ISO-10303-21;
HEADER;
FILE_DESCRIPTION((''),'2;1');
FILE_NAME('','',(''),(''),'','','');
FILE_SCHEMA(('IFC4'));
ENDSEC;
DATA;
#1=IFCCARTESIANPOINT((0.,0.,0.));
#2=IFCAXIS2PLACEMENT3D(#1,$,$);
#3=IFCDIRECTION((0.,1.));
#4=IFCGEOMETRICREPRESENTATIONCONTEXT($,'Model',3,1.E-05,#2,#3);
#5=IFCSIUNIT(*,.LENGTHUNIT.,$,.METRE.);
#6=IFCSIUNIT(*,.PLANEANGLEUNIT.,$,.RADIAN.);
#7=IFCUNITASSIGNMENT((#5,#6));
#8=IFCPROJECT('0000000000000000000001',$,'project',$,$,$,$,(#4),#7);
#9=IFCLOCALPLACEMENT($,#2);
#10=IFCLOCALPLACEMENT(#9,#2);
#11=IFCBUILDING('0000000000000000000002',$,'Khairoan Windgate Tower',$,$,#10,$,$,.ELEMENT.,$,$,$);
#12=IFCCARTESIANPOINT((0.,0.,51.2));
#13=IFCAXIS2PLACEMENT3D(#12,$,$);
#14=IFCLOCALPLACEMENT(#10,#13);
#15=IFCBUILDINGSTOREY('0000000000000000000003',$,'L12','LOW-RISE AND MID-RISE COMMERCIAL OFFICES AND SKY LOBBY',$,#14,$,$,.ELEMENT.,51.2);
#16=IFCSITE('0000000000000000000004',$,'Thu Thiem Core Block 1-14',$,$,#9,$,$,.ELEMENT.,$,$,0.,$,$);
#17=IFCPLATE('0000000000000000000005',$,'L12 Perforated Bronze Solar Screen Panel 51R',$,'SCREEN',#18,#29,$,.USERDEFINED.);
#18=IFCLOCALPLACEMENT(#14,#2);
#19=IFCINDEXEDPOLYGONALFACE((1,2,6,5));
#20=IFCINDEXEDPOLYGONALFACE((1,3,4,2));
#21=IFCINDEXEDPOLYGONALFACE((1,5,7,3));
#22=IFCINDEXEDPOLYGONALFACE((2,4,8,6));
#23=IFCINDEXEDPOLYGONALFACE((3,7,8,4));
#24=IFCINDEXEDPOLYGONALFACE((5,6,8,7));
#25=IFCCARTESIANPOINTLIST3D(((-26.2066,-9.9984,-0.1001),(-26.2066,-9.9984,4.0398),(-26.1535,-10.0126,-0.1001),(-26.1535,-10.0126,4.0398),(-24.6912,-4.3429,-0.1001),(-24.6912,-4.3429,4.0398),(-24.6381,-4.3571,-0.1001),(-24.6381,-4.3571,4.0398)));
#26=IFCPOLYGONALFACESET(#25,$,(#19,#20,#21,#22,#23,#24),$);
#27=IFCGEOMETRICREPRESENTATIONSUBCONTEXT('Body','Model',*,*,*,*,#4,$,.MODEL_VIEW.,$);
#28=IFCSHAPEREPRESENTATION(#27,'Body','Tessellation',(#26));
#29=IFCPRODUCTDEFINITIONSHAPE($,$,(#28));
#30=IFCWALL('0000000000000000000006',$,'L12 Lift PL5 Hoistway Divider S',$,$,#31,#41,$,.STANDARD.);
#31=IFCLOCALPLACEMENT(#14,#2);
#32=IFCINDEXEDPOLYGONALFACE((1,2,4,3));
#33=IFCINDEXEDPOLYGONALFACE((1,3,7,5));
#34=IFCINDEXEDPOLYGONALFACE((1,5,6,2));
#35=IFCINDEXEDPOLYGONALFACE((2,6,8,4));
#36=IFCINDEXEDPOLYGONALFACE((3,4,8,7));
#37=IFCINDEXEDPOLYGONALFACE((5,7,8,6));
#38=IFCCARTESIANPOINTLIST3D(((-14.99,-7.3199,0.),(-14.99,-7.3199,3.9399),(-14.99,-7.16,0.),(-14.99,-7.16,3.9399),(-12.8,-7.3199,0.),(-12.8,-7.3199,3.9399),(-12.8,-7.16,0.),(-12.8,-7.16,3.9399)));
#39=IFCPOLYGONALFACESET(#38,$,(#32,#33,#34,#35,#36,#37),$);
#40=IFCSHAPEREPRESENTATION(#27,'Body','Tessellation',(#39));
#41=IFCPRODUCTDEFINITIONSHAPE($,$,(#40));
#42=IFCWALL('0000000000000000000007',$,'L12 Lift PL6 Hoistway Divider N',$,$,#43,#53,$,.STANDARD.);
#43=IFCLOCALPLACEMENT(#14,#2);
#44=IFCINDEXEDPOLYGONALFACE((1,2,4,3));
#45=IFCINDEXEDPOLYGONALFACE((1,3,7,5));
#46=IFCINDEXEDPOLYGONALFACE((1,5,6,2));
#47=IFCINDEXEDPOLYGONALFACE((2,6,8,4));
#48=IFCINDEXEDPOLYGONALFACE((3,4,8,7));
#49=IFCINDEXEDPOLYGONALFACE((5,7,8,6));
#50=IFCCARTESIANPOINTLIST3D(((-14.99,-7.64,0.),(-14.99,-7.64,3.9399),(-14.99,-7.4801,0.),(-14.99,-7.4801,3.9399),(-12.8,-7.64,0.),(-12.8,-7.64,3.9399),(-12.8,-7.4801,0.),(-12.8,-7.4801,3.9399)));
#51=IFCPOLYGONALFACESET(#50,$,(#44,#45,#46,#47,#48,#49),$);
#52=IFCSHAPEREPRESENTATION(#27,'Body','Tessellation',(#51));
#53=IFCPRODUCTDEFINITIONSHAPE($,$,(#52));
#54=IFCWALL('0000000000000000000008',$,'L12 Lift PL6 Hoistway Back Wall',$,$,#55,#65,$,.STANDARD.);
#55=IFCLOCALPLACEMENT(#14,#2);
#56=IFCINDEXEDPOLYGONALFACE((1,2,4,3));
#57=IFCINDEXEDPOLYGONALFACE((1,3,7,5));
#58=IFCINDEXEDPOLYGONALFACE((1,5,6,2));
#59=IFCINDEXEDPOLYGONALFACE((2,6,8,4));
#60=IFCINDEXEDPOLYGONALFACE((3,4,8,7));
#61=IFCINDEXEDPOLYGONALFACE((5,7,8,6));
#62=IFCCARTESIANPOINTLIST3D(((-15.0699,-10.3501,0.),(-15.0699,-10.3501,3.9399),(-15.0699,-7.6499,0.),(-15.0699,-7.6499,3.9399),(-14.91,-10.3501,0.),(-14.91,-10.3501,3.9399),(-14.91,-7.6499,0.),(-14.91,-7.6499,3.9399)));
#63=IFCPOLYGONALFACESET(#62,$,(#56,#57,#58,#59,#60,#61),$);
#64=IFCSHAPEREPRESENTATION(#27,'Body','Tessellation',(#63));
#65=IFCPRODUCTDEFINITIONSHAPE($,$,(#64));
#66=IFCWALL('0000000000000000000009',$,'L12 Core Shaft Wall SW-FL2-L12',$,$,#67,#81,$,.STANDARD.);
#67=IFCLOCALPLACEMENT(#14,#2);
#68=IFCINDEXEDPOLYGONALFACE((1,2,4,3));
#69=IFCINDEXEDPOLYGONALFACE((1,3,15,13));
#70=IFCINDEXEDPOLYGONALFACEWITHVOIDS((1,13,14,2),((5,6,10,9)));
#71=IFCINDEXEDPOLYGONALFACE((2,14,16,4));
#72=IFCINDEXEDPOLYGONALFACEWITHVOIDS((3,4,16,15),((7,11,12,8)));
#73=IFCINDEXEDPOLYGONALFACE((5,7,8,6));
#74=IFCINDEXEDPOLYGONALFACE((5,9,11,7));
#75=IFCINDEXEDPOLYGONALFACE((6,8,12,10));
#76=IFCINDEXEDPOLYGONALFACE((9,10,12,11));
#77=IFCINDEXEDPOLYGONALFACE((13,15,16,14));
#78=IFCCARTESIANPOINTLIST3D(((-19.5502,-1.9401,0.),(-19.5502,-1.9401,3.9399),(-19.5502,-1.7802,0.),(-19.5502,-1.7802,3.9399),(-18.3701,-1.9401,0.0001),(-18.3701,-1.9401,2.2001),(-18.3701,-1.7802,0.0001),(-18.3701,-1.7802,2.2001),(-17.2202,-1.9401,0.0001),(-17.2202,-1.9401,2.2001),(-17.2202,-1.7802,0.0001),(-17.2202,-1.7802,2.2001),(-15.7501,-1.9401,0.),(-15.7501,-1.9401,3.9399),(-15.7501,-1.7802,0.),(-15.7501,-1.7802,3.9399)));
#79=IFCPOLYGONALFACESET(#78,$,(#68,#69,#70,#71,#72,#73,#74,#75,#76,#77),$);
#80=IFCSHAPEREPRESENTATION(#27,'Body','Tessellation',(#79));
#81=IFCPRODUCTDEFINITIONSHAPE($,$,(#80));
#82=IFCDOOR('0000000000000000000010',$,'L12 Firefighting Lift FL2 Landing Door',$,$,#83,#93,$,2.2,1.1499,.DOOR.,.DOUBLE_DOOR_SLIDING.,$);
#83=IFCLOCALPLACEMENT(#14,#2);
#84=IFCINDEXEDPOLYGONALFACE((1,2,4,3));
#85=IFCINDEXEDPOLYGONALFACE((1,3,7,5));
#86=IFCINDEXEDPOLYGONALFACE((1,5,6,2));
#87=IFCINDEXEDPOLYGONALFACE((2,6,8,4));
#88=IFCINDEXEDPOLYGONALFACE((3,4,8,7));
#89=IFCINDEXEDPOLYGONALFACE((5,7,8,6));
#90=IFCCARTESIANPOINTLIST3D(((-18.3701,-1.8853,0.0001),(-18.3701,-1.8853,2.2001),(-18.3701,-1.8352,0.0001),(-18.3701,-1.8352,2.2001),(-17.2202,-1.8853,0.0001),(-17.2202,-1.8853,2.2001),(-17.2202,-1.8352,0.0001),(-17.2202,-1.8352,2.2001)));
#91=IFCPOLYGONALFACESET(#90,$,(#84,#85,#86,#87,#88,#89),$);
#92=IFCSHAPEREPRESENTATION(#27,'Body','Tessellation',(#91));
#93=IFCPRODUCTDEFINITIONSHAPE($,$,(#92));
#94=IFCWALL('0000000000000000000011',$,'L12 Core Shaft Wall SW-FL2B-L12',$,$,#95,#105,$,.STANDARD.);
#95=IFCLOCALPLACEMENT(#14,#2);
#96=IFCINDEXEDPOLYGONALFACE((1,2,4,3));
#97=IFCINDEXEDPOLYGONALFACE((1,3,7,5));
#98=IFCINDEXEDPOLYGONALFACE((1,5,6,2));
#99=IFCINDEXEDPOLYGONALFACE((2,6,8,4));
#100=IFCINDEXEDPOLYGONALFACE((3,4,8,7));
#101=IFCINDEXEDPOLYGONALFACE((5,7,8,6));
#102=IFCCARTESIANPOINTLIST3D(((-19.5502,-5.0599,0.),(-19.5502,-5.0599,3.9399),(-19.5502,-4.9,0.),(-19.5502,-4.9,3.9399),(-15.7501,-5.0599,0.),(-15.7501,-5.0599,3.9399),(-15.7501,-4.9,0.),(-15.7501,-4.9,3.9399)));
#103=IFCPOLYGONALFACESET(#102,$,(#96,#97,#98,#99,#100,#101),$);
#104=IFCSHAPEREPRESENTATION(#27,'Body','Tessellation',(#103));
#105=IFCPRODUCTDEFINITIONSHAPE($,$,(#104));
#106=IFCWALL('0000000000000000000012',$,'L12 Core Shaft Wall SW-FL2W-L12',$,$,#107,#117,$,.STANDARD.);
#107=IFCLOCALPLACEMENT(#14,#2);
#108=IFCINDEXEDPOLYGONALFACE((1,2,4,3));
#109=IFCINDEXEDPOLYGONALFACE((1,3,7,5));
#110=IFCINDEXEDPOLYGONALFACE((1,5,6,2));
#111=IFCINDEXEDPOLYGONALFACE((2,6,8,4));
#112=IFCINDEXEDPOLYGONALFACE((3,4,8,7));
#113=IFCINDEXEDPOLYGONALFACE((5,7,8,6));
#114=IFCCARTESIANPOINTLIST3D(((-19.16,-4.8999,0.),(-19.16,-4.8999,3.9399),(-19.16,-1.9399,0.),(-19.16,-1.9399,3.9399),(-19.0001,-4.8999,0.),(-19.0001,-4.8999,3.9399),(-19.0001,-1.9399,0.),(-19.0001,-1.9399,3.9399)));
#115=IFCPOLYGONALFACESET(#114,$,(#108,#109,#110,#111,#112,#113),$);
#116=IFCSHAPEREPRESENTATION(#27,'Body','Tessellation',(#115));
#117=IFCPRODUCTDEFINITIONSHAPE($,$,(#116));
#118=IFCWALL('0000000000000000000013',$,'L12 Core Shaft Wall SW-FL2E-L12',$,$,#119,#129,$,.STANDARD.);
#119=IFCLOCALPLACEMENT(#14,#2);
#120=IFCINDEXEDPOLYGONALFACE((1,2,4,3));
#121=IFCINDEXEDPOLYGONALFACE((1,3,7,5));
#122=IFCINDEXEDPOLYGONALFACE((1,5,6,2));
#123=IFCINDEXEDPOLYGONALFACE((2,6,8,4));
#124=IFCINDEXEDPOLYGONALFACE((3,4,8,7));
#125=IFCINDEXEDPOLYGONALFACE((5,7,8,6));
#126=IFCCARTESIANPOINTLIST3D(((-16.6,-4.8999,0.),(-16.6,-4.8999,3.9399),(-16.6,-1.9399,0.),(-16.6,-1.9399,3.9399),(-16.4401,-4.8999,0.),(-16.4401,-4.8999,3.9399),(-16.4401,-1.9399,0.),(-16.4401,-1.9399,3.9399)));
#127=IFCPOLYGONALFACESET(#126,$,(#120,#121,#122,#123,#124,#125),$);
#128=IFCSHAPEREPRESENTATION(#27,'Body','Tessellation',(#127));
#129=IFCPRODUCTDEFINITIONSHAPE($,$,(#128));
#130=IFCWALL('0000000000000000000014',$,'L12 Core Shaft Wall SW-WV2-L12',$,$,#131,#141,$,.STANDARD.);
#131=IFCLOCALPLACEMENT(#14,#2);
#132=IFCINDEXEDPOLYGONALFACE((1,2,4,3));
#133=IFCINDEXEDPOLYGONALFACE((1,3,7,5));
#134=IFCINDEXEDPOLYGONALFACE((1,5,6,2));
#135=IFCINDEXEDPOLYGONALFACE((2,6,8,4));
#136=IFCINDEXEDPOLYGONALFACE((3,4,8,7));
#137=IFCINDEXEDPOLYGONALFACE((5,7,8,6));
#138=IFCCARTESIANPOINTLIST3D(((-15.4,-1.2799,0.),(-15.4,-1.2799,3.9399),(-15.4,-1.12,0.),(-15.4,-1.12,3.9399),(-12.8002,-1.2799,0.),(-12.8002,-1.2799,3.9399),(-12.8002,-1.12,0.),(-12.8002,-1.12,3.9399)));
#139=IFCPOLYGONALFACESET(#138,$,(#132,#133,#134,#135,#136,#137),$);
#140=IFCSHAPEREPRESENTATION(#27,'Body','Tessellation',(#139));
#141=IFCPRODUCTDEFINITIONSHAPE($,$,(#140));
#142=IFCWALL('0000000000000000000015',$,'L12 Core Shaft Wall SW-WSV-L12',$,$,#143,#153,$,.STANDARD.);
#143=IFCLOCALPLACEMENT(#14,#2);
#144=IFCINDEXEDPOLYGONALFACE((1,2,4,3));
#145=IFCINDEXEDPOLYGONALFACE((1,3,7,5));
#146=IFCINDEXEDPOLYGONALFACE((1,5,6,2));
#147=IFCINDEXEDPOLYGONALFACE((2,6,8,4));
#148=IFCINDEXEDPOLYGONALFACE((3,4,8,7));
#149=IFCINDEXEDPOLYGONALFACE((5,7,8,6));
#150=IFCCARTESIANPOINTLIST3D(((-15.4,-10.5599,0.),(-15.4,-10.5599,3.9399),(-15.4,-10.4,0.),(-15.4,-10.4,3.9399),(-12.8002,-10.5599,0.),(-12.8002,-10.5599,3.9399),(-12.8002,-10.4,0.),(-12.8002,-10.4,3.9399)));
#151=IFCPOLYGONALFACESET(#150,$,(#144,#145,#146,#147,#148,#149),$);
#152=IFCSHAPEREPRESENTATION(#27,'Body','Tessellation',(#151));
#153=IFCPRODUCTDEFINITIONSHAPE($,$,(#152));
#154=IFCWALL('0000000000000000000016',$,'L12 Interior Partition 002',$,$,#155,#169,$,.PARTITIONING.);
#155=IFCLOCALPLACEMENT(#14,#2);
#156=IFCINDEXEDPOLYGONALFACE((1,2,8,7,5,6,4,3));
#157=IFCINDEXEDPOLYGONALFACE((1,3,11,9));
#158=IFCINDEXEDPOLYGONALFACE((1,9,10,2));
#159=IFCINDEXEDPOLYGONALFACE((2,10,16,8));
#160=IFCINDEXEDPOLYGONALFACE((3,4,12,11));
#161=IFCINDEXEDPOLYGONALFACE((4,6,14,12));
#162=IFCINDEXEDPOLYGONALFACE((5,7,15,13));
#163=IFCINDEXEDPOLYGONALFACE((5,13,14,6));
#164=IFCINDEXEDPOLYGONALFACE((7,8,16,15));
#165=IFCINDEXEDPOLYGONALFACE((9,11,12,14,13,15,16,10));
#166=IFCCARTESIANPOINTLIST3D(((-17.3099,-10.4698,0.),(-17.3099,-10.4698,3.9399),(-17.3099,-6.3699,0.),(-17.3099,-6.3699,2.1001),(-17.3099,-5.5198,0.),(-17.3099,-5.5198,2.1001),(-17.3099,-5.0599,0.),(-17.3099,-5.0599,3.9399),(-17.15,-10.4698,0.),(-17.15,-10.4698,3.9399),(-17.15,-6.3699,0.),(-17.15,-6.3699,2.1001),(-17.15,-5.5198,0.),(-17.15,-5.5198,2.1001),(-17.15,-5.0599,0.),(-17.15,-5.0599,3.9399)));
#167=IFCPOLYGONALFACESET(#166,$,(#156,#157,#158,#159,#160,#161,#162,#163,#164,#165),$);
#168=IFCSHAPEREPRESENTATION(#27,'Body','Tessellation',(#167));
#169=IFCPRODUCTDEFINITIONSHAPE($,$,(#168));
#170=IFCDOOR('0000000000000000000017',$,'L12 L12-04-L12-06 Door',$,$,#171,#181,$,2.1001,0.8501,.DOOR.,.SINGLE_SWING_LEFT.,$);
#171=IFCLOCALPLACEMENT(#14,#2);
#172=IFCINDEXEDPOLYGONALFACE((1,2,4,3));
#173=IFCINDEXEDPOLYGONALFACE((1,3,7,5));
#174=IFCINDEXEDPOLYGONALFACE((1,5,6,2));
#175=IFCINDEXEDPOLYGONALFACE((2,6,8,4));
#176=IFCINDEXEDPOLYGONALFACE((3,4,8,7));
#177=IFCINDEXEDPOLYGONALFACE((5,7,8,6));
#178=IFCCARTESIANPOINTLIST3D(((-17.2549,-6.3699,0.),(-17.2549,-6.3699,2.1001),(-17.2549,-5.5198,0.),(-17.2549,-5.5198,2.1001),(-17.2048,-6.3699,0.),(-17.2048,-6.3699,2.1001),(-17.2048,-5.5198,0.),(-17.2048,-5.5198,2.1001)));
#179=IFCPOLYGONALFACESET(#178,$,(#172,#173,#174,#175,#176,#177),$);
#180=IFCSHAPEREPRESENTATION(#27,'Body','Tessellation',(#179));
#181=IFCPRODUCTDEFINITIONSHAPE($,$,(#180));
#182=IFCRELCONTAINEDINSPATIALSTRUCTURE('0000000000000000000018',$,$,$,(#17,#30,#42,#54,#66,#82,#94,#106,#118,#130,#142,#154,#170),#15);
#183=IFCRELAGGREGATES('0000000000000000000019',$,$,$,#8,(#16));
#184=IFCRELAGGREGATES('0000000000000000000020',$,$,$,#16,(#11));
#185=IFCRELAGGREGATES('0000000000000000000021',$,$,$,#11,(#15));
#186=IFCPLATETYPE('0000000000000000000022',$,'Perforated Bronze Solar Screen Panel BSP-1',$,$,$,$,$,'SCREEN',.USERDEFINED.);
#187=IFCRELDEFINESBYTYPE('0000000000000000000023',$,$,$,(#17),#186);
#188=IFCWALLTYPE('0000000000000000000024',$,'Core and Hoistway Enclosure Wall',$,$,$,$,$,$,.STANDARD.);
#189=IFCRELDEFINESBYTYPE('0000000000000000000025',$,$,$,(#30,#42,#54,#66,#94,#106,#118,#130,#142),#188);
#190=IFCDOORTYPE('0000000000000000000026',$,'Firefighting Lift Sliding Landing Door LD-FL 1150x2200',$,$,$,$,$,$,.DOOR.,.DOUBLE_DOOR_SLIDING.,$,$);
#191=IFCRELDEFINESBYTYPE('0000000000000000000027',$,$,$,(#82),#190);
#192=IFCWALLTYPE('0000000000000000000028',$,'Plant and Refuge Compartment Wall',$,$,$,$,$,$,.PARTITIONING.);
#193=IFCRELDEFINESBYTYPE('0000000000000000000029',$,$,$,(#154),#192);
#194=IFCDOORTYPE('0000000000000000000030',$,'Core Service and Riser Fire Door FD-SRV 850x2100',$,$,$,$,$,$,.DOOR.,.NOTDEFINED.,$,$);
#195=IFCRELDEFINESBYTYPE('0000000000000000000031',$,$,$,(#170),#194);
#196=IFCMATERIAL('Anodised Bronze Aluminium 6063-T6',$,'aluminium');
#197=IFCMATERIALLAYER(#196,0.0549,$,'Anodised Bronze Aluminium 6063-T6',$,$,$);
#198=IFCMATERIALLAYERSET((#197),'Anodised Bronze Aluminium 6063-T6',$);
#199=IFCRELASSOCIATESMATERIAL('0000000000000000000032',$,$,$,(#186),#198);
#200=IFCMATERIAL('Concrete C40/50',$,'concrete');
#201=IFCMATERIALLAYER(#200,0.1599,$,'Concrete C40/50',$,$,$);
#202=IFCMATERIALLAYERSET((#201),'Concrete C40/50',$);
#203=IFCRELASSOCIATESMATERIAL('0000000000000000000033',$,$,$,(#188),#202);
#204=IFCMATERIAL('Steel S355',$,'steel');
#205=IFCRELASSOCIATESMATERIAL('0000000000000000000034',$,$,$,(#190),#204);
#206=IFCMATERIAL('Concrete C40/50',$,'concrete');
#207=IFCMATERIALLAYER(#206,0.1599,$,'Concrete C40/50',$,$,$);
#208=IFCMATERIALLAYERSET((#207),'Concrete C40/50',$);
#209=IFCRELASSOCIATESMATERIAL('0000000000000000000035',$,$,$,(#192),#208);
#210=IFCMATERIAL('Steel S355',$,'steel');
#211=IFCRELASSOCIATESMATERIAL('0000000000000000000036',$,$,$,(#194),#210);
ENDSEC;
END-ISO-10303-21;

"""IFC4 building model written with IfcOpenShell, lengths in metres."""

from ifc_helpers import new_model, si_unit, direction, frame, frame_2d, origin, origin_2d, place, context, subcontext, project, spatial, rectangle, extrude, material, layer, layer_set, type_object, element, fill, save


model = new_model("IFC4")

# Units and contexts
model_context = context("Model", 3, precision=1e-05, world=origin(), true_north=direction((0.0, 1.0)))
body_context = subcontext(model_context, "Body", "Model", "MODEL_VIEW")
ifc_project = project(units=[si_unit("LENGTHUNIT", "METRE"), si_unit("PLANEANGLEUNIT", "RADIAN")], contexts=[model_context])

# Site, building, storey
site_placement = place(None, origin())
site = spatial("IfcSite", under=ifc_project, at=site_placement, Name="Thu Thiem Core Block 1-14", CompositionType="ELEMENT", RefElevation=0.0)
building_placement = place(site_placement, origin())
building = spatial("IfcBuilding", under=site, at=building_placement, Name="Khairoan Windgate Tower", CompositionType="ELEMENT")
storey_placement = place(building_placement, frame((0.0, 0.0, 51.2)))
storey = spatial("IfcBuildingStorey", under=building, at=storey_placement, Name="L12", Description="LOW-RISE AND MID-RISE COMMERCIAL OFFICES AND SKY LOBBY", CompositionType="ELEMENT", Elevation=51.2)

# Plate
ifc_material_1 = material(Name="Anodised Bronze Aluminium 6063-T6", Category="aluminium")
ifc_layer_1 = layer(ifc_material_1, 0.0549, Name="Anodised Bronze Aluminium 6063-T6")
ifc_layer_set_1 = layer_set([ifc_layer_1], Name="Anodised Bronze Aluminium 6063-T6")
plate_type_1 = type_object("IfcPlateType", Name="Perforated Bronze Solar Screen Panel BSP-1", ElementType="SCREEN", PredefinedType="USERDEFINED", material=ifc_layer_set_1)
plate_placement = place(storey_placement, frame((-25.4224, -7.1777, -0.1001), z_axis=(0.0, 0.0, 1.0), x_axis=(0.258819, 0.965926, 0.0)))
element("IfcPlate", 1, at=plate_placement, inside=storey, type_object=plate_type_1, Name="L12 Perforated Bronze Solar Screen Panel 51R", ObjectType="SCREEN", PredefinedType="USERDEFINED", context=body_context, shape_type="SweptSolid", body=[
    extrude(rectangle(XDim=5.855, YDim=0.0549, at=origin_2d()), origin(), (0.0, 0.0, 1.0), 4.1399),
])

# Walls
ifc_material_2 = material(Name="Concrete C40/50", Category="concrete")
ifc_layer_2 = layer(ifc_material_2, 0.1599, Name="Concrete C40/50")
ifc_layer_set_2 = layer_set([ifc_layer_2], Name="Concrete C40/50")
wall_type_1 = type_object("IfcWallType", Name="Core and Hoistway Enclosure Wall", PredefinedType="STANDARD", material=ifc_layer_set_2)
for number, where, z_axis, x_axis, name in (
    (2, (-14.99, -7.24, 0.0), (0.0, 0.0, 1.0), (1.0, 0.0, 0.0), "L12 Lift PL5 Hoistway Divider S"),
    (3, (-14.99, -7.5601, 0.0), (0.0, 0.0, 1.0), (1.0, 0.0, 0.0), "L12 Lift PL6 Hoistway Divider N"),
):
    element("IfcWall", number, at=place(storey_placement, frame(where, z_axis=z_axis, x_axis=x_axis)), inside=storey, type_object=wall_type_1, Name=name, PredefinedType="STANDARD", context=body_context, shape_type="SweptSolid", body=[
        extrude(rectangle(XDim=2.1899, YDim=0.1599, at=frame_2d((1.095, 0.0))), origin(), (0.0, 0.0, 1.0), 3.9399),
    ])
wall_1_placement = place(storey_placement, frame((-14.99, -10.3501, 0.0), z_axis=(0.0, 0.0, 1.0), x_axis=(0.0, 1.0, 0.0)))
element("IfcWall", 4, at=wall_1_placement, inside=storey, type_object=wall_type_1, Name="L12 Lift PL6 Hoistway Back Wall", PredefinedType="STANDARD", context=body_context, shape_type="SweptSolid", body=[
    extrude(rectangle(XDim=2.7002, YDim=0.1599, at=frame_2d((1.3501, 0.0))), origin(), (0.0, 0.0, 1.0), 3.9399),
])

# Wall, opening, door
wall_2_placement = place(storey_placement, frame((-19.55, -1.8601, 0.0), z_axis=(0.0, 0.0, 1.0), x_axis=(1.0, 0.0, 0.0)))
wall_2 = element("IfcWall", 5, at=wall_2_placement, inside=storey, type_object=wall_type_1, Name="L12 Core Shaft Wall SW-FL2-L12", PredefinedType="STANDARD", context=body_context, shape_type="SweptSolid", body=[
    extrude(rectangle(XDim=3.8, YDim=0.1599, at=frame_2d((1.8999, 0.0))), origin(), (0.0, 0.0, 1.0), 3.9399),
])
opening_1_placement = place(wall_2_placement, frame((1.1799, 0.0, 0.0)))
opening_1 = element("IfcOpeningElement", 6, at=opening_1_placement, cuts=wall_2, PredefinedType="OPENING", context=body_context, shape_type="SweptSolid", body=[
    extrude(rectangle(XDim=1.1499, YDim=2.2, at=frame_2d((0.575, 1.1001))), frame((0.0, 0.0898, 0.0), z_axis=(0.0, -1.0, 0.0), x_axis=(1.0, 0.0, 0.0)), (0.0, 0.0, 1.0), 0.1799),
])
ifc_material_3 = material(Name="Steel S355", Category="steel")
door_type_1 = type_object("IfcDoorType", Name="Firefighting Lift Sliding Landing Door LD-FL 1150x2200", OperationType="DOUBLE_DOOR_SLIDING", PredefinedType="DOOR", material=ifc_material_3)
door_1_placement = place(opening_1_placement, origin())
door_1 = element("IfcDoor", 7, at=door_1_placement, inside=storey, type_object=door_type_1, Name="L12 Firefighting Lift FL2 Landing Door", OperationType="DOUBLE_DOOR_SLIDING", OverallHeight=2.2, OverallWidth=1.1499, PredefinedType="DOOR", context=body_context, shape_type="SweptSolid", body=[
    extrude(rectangle(XDim=1.1499, YDim=2.2, at=frame_2d((0.575, 1.1001))), frame((0.0, 0.0249, 0.0), z_axis=(0.0, -1.0, 0.0), x_axis=(1.0, 0.0, 0.0)), (0.0, 0.0, 1.0), 0.05),
])
fill(opening_1, door_1)

# Walls
wall_3_placement = place(storey_placement, frame((-19.55, -4.98, 0.0), z_axis=(0.0, 0.0, 1.0), x_axis=(1.0, 0.0, 0.0)))
element("IfcWall", 8, at=wall_3_placement, inside=storey, type_object=wall_type_1, Name="L12 Core Shaft Wall SW-FL2B-L12", PredefinedType="STANDARD", context=body_context, shape_type="SweptSolid", body=[
    extrude(rectangle(XDim=3.8, YDim=0.1599, at=frame_2d((1.8999, 0.0))), origin(), (0.0, 0.0, 1.0), 3.9399),
])
for number, where, z_axis, x_axis, name in (
    (9, (-19.0801, -4.8999, 0.0), (0.0, 0.0, 1.0), (0.0, 1.0, 0.0), "L12 Core Shaft Wall SW-FL2W-L12"),
    (10, (-16.52, -4.8999, 0.0), (0.0, 0.0, 1.0), (0.0, 1.0, 0.0), "L12 Core Shaft Wall SW-FL2E-L12"),
):
    element("IfcWall", number, at=place(storey_placement, frame(where, z_axis=z_axis, x_axis=x_axis)), inside=storey, type_object=wall_type_1, Name=name, PredefinedType="STANDARD", context=body_context, shape_type="SweptSolid", body=[
        extrude(rectangle(XDim=2.96, YDim=0.1599, at=frame_2d((1.48, 0.0))), origin(), (0.0, 0.0, 1.0), 3.9399),
    ])
for number, where, z_axis, x_axis, name in (
    (11, (-15.3999, -1.2, 0.0), (0.0, 0.0, 1.0), (1.0, 0.0, 0.0), "L12 Core Shaft Wall SW-WV2-L12"),
    (12, (-15.3999, -10.48, 0.0), (0.0, 0.0, 1.0), (1.0, 0.0, 0.0), "L12 Core Shaft Wall SW-WSV-L12"),
):
    element("IfcWall", number, at=place(storey_placement, frame(where, z_axis=z_axis, x_axis=x_axis)), inside=storey, type_object=wall_type_1, Name=name, PredefinedType="STANDARD", context=body_context, shape_type="SweptSolid", body=[
        extrude(rectangle(XDim=2.5999, YDim=0.1599, at=frame_2d((1.2998, 0.0))), origin(), (0.0, 0.0, 1.0), 3.9399),
    ])

# Wall, opening, door
ifc_material_4 = material(Name="Concrete C40/50", Category="concrete")
ifc_layer_3 = layer(ifc_material_4, 0.1599, Name="Concrete C40/50")
ifc_layer_set_3 = layer_set([ifc_layer_3], Name="Concrete C40/50")
wall_type_2 = type_object("IfcWallType", Name="Plant and Refuge Compartment Wall", PredefinedType="PARTITIONING", material=ifc_layer_set_3)
wall_4_placement = place(storey_placement, frame((-17.23, -10.47, 0.0), z_axis=(0.0, 0.0, 1.0), x_axis=(0.0, 1.0, 0.0)))
wall_4 = element("IfcWall", 13, at=wall_4_placement, inside=storey, type_object=wall_type_2, Name="L12 Interior Partition 002", PredefinedType="PARTITIONING", context=body_context, shape_type="SweptSolid", body=[
    extrude(rectangle(XDim=5.4099, YDim=0.1599, at=frame_2d((2.7051, 0.0))), origin(), (0.0, 0.0, 1.0), 3.9399),
])
opening_2_placement = place(wall_4_placement, frame((4.1001, 0.0, 0.0)))
opening_2 = element("IfcOpeningElement", 14, at=opening_2_placement, cuts=wall_4, PredefinedType="OPENING", context=body_context, shape_type="SweptSolid", body=[
    extrude(rectangle(XDim=0.8501, YDim=2.1001, at=frame_2d((0.425, 1.05))), frame((0.0, 0.0898, 0.0), z_axis=(0.0, -1.0, 0.0), x_axis=(1.0, 0.0, 0.0)), (0.0, 0.0, 1.0), 0.1799),
])
ifc_material_5 = material(Name="Steel S355", Category="steel")
door_type_2 = type_object("IfcDoorType", Name="Core Service and Riser Fire Door FD-SRV 850x2100", OperationType="NOTDEFINED", PredefinedType="DOOR", material=ifc_material_5)
door_2_placement = place(opening_2_placement, origin())
door_2 = element("IfcDoor", 15, at=door_2_placement, inside=storey, type_object=door_type_2, Name="L12 L12-04-L12-06 Door", OperationType="SINGLE_SWING_LEFT", OverallHeight=2.1001, OverallWidth=0.8501, PredefinedType="DOOR", context=body_context, shape_type="SweptSolid", body=[
    extrude(rectangle(XDim=0.8501, YDim=2.1001, at=frame_2d((0.425, 1.05))), frame((0.0, 0.0249, 0.0), z_axis=(0.0, -1.0, 0.0), x_axis=(1.0, 0.0, 0.0)), (0.0, 0.0, 1.0), 0.05),
])
fill(opening_2, door_2)

save(model, "model.ifc")
